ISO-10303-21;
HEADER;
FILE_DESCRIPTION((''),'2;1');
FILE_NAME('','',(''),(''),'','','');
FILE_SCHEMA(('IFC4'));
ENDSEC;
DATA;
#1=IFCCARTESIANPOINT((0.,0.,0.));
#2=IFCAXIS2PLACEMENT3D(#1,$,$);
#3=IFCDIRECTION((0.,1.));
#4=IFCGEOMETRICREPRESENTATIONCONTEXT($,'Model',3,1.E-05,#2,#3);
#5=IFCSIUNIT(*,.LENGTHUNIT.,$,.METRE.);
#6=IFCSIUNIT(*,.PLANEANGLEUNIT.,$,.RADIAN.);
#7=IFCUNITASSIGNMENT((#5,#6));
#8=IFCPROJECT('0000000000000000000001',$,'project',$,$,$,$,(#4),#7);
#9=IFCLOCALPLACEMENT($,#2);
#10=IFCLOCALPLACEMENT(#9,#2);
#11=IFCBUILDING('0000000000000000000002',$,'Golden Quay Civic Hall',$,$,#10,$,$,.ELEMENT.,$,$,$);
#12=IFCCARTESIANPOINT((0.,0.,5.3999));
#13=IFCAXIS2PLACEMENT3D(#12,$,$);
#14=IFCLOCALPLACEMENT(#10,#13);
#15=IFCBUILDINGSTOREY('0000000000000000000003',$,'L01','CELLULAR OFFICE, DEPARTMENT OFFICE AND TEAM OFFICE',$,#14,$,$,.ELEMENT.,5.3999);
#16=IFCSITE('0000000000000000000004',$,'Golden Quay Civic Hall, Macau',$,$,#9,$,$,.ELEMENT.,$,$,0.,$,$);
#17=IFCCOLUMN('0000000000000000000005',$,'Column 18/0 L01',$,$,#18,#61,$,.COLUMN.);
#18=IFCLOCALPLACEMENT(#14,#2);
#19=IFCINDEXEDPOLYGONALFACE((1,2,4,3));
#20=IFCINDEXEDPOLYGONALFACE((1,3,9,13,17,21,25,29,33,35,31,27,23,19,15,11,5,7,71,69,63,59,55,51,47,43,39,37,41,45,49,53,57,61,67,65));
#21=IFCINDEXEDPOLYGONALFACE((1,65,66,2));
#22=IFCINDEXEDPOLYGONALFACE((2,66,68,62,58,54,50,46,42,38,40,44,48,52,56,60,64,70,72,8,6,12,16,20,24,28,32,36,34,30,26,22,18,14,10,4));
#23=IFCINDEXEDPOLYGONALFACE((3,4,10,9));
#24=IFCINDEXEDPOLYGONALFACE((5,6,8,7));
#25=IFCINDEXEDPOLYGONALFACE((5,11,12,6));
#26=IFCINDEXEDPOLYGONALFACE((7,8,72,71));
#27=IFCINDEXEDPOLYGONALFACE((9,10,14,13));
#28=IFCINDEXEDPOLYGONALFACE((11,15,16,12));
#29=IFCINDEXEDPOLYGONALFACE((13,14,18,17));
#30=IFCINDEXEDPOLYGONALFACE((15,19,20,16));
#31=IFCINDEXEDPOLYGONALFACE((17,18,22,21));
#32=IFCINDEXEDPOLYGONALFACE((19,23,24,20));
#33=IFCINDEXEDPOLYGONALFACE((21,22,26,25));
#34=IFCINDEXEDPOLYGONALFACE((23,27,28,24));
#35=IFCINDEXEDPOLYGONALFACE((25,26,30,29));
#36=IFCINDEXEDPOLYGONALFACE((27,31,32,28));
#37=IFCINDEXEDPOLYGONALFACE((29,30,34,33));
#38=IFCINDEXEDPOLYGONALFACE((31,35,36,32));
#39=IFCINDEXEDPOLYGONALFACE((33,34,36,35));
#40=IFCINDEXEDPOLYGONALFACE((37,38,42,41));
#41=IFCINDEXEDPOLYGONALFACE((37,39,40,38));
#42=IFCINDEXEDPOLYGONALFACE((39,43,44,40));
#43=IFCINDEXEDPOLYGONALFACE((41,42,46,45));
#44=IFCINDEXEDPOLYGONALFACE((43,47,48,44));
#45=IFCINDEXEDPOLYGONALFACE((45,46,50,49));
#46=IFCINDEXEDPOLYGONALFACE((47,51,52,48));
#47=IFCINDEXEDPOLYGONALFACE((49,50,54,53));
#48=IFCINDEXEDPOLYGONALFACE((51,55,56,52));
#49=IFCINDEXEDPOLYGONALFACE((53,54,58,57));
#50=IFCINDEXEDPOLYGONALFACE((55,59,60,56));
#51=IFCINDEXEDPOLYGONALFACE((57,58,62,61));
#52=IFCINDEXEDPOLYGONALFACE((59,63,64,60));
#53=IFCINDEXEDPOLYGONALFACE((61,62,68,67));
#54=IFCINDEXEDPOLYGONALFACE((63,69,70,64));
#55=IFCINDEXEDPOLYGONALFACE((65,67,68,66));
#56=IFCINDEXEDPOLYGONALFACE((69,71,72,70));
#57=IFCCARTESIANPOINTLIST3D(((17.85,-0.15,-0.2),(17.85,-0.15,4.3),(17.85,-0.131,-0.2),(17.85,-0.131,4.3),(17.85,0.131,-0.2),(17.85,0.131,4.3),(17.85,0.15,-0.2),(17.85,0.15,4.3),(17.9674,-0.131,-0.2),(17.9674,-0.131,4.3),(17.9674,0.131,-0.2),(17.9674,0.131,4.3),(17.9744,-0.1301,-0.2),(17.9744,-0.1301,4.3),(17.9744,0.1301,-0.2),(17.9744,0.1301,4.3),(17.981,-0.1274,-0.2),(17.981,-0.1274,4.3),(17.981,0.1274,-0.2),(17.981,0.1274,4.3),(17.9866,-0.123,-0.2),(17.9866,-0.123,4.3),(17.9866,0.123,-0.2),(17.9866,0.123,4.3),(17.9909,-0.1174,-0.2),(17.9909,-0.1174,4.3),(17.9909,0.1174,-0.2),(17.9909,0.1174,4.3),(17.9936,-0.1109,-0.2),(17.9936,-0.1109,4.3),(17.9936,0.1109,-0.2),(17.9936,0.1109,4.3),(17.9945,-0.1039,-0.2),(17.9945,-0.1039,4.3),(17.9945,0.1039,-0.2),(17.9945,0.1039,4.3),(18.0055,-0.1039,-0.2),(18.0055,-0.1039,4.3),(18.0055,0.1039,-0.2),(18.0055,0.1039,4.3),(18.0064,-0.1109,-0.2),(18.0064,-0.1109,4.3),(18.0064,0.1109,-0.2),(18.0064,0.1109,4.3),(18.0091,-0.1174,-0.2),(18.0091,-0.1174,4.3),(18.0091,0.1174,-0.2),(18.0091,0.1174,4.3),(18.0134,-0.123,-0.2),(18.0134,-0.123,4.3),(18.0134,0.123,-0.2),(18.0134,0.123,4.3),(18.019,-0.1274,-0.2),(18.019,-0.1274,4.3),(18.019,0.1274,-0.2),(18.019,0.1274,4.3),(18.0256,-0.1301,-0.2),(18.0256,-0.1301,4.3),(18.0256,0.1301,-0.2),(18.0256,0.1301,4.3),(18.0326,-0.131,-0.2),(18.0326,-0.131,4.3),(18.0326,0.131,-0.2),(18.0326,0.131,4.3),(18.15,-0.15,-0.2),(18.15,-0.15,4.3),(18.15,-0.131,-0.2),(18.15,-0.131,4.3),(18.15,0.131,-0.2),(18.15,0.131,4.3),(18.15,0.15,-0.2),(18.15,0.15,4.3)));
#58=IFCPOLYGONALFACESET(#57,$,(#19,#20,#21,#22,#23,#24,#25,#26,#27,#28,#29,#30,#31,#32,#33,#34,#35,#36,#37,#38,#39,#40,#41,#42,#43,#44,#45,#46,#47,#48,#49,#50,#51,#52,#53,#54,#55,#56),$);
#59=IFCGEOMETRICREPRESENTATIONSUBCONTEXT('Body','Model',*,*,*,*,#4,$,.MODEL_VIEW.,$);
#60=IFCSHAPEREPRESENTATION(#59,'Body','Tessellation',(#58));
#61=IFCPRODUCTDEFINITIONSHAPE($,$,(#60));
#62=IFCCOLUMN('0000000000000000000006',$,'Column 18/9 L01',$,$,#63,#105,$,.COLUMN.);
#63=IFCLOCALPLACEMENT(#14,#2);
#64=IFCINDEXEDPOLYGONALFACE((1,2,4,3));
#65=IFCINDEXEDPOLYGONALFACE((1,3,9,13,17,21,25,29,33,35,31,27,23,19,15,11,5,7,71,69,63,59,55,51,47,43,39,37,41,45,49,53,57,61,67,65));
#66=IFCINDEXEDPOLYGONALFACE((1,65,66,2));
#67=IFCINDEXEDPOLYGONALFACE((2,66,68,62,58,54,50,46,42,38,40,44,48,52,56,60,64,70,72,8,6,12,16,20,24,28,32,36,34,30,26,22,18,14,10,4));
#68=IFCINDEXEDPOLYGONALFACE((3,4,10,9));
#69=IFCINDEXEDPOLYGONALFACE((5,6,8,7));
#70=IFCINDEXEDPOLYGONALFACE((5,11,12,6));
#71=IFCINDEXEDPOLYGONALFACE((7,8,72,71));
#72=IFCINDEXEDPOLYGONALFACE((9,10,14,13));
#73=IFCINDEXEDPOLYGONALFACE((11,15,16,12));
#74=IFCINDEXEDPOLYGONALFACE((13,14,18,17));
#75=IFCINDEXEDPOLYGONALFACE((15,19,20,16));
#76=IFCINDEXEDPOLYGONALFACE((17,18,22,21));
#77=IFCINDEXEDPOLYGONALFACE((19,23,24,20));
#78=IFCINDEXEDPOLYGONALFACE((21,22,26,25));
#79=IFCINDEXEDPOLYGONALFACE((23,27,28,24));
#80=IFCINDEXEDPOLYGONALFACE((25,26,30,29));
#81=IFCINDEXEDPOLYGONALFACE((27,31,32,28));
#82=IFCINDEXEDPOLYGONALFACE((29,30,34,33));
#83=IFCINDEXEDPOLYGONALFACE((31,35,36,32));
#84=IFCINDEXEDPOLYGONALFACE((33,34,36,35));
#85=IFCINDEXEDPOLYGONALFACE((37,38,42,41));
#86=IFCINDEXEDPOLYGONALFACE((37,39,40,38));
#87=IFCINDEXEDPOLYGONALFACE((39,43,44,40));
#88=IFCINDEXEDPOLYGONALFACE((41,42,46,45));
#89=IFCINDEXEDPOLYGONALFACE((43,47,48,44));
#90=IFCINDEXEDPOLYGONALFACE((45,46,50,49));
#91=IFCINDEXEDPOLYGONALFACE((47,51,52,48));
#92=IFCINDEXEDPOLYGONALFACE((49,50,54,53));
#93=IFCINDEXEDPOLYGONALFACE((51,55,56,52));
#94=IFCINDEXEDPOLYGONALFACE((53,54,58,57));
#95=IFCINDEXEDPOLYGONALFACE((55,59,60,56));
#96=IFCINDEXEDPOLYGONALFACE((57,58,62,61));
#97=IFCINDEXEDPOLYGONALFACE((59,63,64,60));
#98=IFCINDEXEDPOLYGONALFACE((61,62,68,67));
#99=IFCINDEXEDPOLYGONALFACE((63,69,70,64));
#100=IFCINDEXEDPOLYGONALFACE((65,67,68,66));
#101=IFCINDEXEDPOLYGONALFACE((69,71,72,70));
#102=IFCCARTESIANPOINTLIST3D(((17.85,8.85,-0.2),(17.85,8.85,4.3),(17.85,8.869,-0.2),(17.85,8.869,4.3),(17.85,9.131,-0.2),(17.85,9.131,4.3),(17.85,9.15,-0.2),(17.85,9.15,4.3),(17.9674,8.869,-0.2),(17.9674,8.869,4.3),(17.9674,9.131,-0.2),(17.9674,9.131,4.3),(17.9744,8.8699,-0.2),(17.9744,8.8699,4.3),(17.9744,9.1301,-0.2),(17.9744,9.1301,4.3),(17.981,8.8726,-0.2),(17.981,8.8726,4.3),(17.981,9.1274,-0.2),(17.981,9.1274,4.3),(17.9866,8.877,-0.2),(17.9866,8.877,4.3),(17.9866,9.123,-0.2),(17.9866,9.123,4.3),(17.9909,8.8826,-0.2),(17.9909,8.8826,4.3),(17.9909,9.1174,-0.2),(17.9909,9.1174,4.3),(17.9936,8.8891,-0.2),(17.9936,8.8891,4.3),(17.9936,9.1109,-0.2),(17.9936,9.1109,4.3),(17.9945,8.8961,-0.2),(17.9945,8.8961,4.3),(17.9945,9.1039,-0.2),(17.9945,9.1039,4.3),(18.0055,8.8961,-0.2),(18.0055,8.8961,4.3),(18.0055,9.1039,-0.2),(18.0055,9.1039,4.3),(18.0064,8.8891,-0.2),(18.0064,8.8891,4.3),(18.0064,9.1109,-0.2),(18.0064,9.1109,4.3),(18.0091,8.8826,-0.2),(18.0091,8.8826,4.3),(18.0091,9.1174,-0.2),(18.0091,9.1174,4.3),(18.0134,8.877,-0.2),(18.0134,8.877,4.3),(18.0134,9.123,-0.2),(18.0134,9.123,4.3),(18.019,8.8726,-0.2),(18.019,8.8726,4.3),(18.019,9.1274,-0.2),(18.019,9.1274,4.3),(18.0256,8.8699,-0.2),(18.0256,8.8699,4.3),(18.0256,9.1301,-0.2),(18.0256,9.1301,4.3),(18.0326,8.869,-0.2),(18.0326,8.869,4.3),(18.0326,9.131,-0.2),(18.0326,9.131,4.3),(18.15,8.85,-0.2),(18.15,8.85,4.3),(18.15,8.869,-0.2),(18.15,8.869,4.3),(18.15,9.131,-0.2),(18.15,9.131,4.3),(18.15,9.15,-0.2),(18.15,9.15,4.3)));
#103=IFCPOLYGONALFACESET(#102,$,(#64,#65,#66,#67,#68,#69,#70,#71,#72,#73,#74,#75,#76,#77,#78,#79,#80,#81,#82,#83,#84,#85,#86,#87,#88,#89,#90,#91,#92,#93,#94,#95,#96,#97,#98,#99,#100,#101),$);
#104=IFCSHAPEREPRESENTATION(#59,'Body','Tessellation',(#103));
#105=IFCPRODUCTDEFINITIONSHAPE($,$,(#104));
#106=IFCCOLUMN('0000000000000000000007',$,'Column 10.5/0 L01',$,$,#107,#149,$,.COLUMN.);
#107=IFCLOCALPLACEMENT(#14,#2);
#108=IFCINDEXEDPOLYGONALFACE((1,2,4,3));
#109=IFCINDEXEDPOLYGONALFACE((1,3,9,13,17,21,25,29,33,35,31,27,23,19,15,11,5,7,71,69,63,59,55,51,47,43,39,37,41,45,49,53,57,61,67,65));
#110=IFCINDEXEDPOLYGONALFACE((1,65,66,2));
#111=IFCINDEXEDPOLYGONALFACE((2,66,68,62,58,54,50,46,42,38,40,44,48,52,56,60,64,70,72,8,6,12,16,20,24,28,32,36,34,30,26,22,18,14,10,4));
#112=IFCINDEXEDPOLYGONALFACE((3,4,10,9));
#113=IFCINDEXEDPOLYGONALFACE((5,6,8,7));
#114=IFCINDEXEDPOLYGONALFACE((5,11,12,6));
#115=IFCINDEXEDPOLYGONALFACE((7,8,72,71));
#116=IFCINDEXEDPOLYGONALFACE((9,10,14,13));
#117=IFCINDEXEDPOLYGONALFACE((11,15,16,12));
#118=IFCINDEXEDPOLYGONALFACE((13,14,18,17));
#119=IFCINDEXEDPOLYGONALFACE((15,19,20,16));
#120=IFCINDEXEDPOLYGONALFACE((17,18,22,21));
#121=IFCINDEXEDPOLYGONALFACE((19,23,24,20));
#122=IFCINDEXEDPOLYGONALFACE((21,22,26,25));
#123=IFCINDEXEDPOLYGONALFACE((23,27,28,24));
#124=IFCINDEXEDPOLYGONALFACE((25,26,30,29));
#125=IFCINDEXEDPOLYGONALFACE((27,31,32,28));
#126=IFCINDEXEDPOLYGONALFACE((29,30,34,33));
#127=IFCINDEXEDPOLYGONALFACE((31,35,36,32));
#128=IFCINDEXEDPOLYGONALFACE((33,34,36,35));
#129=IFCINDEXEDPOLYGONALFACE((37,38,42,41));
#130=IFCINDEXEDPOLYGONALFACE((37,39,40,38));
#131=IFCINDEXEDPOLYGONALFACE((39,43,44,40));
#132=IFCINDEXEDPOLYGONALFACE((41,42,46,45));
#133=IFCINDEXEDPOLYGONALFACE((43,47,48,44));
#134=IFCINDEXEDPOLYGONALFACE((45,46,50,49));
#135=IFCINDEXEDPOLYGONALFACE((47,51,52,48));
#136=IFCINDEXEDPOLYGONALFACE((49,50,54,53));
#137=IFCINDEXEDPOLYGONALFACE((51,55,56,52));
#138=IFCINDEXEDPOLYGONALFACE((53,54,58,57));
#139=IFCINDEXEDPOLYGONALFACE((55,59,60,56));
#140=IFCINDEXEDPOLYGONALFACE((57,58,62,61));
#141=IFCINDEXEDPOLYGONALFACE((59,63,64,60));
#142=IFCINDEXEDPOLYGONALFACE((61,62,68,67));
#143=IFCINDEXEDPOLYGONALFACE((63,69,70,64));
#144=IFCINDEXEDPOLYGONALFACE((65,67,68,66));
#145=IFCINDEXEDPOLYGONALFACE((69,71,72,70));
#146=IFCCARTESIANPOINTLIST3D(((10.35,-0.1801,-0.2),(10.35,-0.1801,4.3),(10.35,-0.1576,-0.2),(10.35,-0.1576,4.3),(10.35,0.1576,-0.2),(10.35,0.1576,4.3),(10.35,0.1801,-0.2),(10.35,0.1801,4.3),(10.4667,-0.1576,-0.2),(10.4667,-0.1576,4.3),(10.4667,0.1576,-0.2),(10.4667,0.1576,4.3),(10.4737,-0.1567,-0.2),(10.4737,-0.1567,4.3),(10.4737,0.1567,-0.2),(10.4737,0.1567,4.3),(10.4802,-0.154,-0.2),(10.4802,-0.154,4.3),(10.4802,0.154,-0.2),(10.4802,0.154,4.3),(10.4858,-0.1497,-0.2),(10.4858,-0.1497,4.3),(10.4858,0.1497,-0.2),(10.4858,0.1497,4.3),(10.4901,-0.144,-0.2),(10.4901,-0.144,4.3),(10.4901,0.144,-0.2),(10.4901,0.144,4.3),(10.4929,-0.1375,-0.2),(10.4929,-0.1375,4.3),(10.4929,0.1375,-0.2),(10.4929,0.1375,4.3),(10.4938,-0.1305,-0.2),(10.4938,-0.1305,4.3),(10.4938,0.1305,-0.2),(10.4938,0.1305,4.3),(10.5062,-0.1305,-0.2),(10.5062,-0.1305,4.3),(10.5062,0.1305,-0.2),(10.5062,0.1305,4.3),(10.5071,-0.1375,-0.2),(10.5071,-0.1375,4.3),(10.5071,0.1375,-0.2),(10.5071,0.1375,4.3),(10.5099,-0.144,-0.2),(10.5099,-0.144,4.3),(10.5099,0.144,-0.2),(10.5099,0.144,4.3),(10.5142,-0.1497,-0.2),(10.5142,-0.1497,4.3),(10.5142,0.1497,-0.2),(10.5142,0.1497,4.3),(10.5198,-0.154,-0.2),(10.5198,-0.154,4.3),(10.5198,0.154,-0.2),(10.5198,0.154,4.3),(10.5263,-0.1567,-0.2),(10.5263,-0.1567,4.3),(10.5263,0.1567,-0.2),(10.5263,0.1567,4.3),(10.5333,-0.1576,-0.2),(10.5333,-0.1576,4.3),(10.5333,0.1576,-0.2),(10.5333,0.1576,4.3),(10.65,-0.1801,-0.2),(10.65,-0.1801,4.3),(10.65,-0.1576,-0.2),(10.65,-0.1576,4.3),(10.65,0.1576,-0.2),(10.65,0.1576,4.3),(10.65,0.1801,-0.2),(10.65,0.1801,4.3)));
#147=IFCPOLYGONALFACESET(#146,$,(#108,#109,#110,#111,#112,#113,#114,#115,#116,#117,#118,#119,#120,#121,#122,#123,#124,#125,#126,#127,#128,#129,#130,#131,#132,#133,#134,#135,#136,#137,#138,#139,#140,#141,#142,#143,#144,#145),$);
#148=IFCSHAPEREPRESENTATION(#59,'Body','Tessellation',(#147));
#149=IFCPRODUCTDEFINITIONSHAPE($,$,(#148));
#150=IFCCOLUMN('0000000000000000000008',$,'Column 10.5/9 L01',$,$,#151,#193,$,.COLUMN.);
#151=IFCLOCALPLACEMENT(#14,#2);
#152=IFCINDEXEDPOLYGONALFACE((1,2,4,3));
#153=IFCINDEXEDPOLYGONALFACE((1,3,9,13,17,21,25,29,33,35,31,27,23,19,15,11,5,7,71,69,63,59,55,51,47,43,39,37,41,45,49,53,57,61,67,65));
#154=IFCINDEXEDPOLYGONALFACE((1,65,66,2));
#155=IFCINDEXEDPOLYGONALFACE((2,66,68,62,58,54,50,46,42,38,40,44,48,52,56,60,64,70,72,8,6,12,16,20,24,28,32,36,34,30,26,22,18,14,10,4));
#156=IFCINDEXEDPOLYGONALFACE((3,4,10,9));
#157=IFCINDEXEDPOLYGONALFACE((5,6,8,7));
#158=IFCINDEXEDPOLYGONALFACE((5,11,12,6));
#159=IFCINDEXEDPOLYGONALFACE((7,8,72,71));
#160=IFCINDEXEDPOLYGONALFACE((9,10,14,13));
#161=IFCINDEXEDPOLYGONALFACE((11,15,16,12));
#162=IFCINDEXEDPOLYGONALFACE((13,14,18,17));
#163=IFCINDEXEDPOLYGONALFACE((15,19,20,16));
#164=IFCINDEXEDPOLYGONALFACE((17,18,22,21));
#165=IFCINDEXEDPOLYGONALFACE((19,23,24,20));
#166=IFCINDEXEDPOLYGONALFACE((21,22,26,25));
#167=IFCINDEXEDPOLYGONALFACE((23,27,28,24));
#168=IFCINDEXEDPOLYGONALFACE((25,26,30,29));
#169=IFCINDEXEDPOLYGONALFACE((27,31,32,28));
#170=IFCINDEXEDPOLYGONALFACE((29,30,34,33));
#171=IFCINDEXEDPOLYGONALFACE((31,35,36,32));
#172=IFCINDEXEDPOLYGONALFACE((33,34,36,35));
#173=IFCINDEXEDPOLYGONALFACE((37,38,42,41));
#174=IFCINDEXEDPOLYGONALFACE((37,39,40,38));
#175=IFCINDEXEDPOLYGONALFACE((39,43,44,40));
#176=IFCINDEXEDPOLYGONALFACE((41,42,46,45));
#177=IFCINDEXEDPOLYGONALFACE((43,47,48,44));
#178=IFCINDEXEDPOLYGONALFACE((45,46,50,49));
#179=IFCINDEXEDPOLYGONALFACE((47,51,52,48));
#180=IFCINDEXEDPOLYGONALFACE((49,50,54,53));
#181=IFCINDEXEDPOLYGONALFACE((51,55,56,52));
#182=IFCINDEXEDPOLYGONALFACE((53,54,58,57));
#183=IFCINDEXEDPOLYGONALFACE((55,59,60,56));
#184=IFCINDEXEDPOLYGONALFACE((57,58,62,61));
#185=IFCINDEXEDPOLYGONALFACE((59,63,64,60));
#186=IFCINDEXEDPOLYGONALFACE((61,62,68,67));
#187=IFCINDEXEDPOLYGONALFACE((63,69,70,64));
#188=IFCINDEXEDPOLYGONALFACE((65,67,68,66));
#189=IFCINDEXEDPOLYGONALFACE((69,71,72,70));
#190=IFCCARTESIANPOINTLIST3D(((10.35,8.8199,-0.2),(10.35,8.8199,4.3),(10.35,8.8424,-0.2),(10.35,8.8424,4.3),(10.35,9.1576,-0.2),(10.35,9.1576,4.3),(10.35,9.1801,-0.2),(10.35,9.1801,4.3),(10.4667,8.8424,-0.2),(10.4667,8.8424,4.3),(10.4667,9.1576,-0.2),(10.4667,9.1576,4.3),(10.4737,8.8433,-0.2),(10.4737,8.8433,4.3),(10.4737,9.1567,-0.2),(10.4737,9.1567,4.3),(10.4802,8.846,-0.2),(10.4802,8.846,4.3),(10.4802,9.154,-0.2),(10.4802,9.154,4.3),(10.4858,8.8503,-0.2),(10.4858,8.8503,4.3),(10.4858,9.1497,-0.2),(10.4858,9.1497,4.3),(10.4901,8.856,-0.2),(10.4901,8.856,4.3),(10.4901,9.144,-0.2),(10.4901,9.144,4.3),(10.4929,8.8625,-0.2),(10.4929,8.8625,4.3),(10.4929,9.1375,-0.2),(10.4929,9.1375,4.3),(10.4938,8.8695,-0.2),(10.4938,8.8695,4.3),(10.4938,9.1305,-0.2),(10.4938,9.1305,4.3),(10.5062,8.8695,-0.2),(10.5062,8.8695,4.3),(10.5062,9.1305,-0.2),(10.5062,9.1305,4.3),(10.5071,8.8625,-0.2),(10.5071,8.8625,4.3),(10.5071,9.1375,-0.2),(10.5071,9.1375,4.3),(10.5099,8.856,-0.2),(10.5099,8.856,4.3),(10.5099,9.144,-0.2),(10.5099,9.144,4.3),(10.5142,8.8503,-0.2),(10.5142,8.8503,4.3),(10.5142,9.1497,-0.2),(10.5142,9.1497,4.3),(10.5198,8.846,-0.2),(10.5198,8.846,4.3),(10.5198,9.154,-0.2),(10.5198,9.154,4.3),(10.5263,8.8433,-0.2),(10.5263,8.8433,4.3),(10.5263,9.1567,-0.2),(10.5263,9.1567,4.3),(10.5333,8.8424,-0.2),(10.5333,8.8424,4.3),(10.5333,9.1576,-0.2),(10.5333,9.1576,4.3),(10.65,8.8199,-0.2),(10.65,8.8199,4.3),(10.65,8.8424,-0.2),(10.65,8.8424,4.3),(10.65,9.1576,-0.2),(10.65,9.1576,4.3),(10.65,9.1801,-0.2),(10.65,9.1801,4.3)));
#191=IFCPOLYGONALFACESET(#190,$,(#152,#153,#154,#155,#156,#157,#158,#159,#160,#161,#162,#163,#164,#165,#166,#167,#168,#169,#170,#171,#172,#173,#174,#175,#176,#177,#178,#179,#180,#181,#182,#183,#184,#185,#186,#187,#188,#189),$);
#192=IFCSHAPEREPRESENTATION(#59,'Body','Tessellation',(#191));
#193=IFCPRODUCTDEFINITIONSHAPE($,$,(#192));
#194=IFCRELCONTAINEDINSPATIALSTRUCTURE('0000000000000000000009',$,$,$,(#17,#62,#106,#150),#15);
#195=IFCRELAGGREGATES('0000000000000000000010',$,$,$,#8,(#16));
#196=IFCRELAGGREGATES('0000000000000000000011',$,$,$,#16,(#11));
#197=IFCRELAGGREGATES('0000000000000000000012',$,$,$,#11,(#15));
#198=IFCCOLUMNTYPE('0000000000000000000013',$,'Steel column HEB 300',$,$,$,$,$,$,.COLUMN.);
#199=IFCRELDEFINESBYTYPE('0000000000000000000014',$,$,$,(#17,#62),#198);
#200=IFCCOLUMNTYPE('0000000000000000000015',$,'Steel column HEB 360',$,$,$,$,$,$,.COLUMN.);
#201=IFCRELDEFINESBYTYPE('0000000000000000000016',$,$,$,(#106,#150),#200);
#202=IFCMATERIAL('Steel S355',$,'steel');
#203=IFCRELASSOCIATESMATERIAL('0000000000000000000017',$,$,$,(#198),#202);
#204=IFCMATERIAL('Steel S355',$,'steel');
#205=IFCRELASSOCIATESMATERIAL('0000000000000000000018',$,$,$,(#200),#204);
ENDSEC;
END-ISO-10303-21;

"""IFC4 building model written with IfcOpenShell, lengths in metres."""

from ifc_helpers import new_model, si_unit, direction, frame, origin, origin_2d, place, context, subcontext, project, spatial, i_section, extrude, material, material_profile, profile_set, type_object, element, save


model = new_model("IFC4")

# Units and contexts
model_context = context("Model", 3, precision=1e-05, world=origin(), true_north=direction((0.0, 1.0)))
body_context = subcontext(model_context, "Body", "Model", "MODEL_VIEW")
ifc_project = project(units=[si_unit("LENGTHUNIT", "METRE"), si_unit("PLANEANGLEUNIT", "RADIAN")], contexts=[model_context])

# Site, building, storey
site_placement = place(None, origin())
site = spatial("IfcSite", under=ifc_project, at=site_placement, Name="Golden Quay Civic Hall, Macau", CompositionType="ELEMENT", RefElevation=0.0)
building_placement = place(site_placement, origin())
building = spatial("IfcBuilding", under=site, at=building_placement, Name="Golden Quay Civic Hall", CompositionType="ELEMENT")
storey_placement = place(building_placement, frame((0.0, 0.0, 5.3999)))
storey = spatial("IfcBuildingStorey", under=building, at=storey_placement, Name="L01", Description="CELLULAR OFFICE, DEPARTMENT OFFICE AND TEAM OFFICE", CompositionType="ELEMENT", Elevation=5.3999)

# Columns
ifc_material_1 = material(Name="Steel S355", Category="steel")
ifc_material_profile_1 = material_profile(ifc_material_1, i_section(OverallWidth=0.3, OverallDepth=0.3, WebThickness=0.011, FlangeThickness=0.019, FilletRadius=0.0271, at=origin_2d()), Name="HEB 300")
ifc_profile_set_1 = profile_set([ifc_material_profile_1], Name="Steel S355")
column_type_1 = type_object("IfcColumnType", Name="Steel column HEB 300", PredefinedType="COLUMN", material=ifc_profile_set_1)
for number, where, z_axis, x_axis, name in (
    (1, (18.0, 0.0, -0.2), (0.0, 0.0, 1.0), (1.0, 0.0, 0.0), "Column 18/0 L01"),
    (2, (18.0, 9.0, -0.2), (0.0, 0.0, 1.0), (1.0, 0.0, 0.0), "Column 18/9 L01"),
):
    element("IfcColumn", number, at=place(storey_placement, frame(where, z_axis=z_axis, x_axis=x_axis)), inside=storey, type_object=column_type_1, Name=name, PredefinedType="COLUMN", context=body_context, shape_type="SweptSolid", body=[
        extrude(i_section(OverallWidth=0.3, OverallDepth=0.3, WebThickness=0.011, FlangeThickness=0.019, FilletRadius=0.0271, at=origin_2d()), origin(), (0.0, 0.0, 1.0), 4.5),
    ])
ifc_material_2 = material(Name="Steel S355", Category="steel")
ifc_material_profile_2 = material_profile(ifc_material_2, i_section(OverallWidth=0.3, OverallDepth=0.3601, WebThickness=0.0125, FlangeThickness=0.0225, FilletRadius=0.0271, at=origin_2d()), Name="HEB 360")
ifc_profile_set_2 = profile_set([ifc_material_profile_2], Name="Steel S355")
column_type_2 = type_object("IfcColumnType", Name="Steel column HEB 360", PredefinedType="COLUMN", material=ifc_profile_set_2)
for number, where, z_axis, x_axis, name in (
    (3, (10.5, 0.0, -0.2), (0.0, 0.0, 1.0), (1.0, 0.0, 0.0), "Column 10.5/0 L01"),
    (4, (10.5, 9.0, -0.2), (0.0, 0.0, 1.0), (1.0, 0.0, 0.0), "Column 10.5/9 L01"),
):
    element("IfcColumn", number, at=place(storey_placement, frame(where, z_axis=z_axis, x_axis=x_axis)), inside=storey, type_object=column_type_2, Name=name, PredefinedType="COLUMN", context=body_context, shape_type="SweptSolid", body=[
        extrude(i_section(OverallWidth=0.3, OverallDepth=0.3601, WebThickness=0.0125, FlangeThickness=0.0225, FilletRadius=0.0271, at=origin_2d()), origin(), (0.0, 0.0, 1.0), 4.5),
    ])

save(model, "model.ifc")
